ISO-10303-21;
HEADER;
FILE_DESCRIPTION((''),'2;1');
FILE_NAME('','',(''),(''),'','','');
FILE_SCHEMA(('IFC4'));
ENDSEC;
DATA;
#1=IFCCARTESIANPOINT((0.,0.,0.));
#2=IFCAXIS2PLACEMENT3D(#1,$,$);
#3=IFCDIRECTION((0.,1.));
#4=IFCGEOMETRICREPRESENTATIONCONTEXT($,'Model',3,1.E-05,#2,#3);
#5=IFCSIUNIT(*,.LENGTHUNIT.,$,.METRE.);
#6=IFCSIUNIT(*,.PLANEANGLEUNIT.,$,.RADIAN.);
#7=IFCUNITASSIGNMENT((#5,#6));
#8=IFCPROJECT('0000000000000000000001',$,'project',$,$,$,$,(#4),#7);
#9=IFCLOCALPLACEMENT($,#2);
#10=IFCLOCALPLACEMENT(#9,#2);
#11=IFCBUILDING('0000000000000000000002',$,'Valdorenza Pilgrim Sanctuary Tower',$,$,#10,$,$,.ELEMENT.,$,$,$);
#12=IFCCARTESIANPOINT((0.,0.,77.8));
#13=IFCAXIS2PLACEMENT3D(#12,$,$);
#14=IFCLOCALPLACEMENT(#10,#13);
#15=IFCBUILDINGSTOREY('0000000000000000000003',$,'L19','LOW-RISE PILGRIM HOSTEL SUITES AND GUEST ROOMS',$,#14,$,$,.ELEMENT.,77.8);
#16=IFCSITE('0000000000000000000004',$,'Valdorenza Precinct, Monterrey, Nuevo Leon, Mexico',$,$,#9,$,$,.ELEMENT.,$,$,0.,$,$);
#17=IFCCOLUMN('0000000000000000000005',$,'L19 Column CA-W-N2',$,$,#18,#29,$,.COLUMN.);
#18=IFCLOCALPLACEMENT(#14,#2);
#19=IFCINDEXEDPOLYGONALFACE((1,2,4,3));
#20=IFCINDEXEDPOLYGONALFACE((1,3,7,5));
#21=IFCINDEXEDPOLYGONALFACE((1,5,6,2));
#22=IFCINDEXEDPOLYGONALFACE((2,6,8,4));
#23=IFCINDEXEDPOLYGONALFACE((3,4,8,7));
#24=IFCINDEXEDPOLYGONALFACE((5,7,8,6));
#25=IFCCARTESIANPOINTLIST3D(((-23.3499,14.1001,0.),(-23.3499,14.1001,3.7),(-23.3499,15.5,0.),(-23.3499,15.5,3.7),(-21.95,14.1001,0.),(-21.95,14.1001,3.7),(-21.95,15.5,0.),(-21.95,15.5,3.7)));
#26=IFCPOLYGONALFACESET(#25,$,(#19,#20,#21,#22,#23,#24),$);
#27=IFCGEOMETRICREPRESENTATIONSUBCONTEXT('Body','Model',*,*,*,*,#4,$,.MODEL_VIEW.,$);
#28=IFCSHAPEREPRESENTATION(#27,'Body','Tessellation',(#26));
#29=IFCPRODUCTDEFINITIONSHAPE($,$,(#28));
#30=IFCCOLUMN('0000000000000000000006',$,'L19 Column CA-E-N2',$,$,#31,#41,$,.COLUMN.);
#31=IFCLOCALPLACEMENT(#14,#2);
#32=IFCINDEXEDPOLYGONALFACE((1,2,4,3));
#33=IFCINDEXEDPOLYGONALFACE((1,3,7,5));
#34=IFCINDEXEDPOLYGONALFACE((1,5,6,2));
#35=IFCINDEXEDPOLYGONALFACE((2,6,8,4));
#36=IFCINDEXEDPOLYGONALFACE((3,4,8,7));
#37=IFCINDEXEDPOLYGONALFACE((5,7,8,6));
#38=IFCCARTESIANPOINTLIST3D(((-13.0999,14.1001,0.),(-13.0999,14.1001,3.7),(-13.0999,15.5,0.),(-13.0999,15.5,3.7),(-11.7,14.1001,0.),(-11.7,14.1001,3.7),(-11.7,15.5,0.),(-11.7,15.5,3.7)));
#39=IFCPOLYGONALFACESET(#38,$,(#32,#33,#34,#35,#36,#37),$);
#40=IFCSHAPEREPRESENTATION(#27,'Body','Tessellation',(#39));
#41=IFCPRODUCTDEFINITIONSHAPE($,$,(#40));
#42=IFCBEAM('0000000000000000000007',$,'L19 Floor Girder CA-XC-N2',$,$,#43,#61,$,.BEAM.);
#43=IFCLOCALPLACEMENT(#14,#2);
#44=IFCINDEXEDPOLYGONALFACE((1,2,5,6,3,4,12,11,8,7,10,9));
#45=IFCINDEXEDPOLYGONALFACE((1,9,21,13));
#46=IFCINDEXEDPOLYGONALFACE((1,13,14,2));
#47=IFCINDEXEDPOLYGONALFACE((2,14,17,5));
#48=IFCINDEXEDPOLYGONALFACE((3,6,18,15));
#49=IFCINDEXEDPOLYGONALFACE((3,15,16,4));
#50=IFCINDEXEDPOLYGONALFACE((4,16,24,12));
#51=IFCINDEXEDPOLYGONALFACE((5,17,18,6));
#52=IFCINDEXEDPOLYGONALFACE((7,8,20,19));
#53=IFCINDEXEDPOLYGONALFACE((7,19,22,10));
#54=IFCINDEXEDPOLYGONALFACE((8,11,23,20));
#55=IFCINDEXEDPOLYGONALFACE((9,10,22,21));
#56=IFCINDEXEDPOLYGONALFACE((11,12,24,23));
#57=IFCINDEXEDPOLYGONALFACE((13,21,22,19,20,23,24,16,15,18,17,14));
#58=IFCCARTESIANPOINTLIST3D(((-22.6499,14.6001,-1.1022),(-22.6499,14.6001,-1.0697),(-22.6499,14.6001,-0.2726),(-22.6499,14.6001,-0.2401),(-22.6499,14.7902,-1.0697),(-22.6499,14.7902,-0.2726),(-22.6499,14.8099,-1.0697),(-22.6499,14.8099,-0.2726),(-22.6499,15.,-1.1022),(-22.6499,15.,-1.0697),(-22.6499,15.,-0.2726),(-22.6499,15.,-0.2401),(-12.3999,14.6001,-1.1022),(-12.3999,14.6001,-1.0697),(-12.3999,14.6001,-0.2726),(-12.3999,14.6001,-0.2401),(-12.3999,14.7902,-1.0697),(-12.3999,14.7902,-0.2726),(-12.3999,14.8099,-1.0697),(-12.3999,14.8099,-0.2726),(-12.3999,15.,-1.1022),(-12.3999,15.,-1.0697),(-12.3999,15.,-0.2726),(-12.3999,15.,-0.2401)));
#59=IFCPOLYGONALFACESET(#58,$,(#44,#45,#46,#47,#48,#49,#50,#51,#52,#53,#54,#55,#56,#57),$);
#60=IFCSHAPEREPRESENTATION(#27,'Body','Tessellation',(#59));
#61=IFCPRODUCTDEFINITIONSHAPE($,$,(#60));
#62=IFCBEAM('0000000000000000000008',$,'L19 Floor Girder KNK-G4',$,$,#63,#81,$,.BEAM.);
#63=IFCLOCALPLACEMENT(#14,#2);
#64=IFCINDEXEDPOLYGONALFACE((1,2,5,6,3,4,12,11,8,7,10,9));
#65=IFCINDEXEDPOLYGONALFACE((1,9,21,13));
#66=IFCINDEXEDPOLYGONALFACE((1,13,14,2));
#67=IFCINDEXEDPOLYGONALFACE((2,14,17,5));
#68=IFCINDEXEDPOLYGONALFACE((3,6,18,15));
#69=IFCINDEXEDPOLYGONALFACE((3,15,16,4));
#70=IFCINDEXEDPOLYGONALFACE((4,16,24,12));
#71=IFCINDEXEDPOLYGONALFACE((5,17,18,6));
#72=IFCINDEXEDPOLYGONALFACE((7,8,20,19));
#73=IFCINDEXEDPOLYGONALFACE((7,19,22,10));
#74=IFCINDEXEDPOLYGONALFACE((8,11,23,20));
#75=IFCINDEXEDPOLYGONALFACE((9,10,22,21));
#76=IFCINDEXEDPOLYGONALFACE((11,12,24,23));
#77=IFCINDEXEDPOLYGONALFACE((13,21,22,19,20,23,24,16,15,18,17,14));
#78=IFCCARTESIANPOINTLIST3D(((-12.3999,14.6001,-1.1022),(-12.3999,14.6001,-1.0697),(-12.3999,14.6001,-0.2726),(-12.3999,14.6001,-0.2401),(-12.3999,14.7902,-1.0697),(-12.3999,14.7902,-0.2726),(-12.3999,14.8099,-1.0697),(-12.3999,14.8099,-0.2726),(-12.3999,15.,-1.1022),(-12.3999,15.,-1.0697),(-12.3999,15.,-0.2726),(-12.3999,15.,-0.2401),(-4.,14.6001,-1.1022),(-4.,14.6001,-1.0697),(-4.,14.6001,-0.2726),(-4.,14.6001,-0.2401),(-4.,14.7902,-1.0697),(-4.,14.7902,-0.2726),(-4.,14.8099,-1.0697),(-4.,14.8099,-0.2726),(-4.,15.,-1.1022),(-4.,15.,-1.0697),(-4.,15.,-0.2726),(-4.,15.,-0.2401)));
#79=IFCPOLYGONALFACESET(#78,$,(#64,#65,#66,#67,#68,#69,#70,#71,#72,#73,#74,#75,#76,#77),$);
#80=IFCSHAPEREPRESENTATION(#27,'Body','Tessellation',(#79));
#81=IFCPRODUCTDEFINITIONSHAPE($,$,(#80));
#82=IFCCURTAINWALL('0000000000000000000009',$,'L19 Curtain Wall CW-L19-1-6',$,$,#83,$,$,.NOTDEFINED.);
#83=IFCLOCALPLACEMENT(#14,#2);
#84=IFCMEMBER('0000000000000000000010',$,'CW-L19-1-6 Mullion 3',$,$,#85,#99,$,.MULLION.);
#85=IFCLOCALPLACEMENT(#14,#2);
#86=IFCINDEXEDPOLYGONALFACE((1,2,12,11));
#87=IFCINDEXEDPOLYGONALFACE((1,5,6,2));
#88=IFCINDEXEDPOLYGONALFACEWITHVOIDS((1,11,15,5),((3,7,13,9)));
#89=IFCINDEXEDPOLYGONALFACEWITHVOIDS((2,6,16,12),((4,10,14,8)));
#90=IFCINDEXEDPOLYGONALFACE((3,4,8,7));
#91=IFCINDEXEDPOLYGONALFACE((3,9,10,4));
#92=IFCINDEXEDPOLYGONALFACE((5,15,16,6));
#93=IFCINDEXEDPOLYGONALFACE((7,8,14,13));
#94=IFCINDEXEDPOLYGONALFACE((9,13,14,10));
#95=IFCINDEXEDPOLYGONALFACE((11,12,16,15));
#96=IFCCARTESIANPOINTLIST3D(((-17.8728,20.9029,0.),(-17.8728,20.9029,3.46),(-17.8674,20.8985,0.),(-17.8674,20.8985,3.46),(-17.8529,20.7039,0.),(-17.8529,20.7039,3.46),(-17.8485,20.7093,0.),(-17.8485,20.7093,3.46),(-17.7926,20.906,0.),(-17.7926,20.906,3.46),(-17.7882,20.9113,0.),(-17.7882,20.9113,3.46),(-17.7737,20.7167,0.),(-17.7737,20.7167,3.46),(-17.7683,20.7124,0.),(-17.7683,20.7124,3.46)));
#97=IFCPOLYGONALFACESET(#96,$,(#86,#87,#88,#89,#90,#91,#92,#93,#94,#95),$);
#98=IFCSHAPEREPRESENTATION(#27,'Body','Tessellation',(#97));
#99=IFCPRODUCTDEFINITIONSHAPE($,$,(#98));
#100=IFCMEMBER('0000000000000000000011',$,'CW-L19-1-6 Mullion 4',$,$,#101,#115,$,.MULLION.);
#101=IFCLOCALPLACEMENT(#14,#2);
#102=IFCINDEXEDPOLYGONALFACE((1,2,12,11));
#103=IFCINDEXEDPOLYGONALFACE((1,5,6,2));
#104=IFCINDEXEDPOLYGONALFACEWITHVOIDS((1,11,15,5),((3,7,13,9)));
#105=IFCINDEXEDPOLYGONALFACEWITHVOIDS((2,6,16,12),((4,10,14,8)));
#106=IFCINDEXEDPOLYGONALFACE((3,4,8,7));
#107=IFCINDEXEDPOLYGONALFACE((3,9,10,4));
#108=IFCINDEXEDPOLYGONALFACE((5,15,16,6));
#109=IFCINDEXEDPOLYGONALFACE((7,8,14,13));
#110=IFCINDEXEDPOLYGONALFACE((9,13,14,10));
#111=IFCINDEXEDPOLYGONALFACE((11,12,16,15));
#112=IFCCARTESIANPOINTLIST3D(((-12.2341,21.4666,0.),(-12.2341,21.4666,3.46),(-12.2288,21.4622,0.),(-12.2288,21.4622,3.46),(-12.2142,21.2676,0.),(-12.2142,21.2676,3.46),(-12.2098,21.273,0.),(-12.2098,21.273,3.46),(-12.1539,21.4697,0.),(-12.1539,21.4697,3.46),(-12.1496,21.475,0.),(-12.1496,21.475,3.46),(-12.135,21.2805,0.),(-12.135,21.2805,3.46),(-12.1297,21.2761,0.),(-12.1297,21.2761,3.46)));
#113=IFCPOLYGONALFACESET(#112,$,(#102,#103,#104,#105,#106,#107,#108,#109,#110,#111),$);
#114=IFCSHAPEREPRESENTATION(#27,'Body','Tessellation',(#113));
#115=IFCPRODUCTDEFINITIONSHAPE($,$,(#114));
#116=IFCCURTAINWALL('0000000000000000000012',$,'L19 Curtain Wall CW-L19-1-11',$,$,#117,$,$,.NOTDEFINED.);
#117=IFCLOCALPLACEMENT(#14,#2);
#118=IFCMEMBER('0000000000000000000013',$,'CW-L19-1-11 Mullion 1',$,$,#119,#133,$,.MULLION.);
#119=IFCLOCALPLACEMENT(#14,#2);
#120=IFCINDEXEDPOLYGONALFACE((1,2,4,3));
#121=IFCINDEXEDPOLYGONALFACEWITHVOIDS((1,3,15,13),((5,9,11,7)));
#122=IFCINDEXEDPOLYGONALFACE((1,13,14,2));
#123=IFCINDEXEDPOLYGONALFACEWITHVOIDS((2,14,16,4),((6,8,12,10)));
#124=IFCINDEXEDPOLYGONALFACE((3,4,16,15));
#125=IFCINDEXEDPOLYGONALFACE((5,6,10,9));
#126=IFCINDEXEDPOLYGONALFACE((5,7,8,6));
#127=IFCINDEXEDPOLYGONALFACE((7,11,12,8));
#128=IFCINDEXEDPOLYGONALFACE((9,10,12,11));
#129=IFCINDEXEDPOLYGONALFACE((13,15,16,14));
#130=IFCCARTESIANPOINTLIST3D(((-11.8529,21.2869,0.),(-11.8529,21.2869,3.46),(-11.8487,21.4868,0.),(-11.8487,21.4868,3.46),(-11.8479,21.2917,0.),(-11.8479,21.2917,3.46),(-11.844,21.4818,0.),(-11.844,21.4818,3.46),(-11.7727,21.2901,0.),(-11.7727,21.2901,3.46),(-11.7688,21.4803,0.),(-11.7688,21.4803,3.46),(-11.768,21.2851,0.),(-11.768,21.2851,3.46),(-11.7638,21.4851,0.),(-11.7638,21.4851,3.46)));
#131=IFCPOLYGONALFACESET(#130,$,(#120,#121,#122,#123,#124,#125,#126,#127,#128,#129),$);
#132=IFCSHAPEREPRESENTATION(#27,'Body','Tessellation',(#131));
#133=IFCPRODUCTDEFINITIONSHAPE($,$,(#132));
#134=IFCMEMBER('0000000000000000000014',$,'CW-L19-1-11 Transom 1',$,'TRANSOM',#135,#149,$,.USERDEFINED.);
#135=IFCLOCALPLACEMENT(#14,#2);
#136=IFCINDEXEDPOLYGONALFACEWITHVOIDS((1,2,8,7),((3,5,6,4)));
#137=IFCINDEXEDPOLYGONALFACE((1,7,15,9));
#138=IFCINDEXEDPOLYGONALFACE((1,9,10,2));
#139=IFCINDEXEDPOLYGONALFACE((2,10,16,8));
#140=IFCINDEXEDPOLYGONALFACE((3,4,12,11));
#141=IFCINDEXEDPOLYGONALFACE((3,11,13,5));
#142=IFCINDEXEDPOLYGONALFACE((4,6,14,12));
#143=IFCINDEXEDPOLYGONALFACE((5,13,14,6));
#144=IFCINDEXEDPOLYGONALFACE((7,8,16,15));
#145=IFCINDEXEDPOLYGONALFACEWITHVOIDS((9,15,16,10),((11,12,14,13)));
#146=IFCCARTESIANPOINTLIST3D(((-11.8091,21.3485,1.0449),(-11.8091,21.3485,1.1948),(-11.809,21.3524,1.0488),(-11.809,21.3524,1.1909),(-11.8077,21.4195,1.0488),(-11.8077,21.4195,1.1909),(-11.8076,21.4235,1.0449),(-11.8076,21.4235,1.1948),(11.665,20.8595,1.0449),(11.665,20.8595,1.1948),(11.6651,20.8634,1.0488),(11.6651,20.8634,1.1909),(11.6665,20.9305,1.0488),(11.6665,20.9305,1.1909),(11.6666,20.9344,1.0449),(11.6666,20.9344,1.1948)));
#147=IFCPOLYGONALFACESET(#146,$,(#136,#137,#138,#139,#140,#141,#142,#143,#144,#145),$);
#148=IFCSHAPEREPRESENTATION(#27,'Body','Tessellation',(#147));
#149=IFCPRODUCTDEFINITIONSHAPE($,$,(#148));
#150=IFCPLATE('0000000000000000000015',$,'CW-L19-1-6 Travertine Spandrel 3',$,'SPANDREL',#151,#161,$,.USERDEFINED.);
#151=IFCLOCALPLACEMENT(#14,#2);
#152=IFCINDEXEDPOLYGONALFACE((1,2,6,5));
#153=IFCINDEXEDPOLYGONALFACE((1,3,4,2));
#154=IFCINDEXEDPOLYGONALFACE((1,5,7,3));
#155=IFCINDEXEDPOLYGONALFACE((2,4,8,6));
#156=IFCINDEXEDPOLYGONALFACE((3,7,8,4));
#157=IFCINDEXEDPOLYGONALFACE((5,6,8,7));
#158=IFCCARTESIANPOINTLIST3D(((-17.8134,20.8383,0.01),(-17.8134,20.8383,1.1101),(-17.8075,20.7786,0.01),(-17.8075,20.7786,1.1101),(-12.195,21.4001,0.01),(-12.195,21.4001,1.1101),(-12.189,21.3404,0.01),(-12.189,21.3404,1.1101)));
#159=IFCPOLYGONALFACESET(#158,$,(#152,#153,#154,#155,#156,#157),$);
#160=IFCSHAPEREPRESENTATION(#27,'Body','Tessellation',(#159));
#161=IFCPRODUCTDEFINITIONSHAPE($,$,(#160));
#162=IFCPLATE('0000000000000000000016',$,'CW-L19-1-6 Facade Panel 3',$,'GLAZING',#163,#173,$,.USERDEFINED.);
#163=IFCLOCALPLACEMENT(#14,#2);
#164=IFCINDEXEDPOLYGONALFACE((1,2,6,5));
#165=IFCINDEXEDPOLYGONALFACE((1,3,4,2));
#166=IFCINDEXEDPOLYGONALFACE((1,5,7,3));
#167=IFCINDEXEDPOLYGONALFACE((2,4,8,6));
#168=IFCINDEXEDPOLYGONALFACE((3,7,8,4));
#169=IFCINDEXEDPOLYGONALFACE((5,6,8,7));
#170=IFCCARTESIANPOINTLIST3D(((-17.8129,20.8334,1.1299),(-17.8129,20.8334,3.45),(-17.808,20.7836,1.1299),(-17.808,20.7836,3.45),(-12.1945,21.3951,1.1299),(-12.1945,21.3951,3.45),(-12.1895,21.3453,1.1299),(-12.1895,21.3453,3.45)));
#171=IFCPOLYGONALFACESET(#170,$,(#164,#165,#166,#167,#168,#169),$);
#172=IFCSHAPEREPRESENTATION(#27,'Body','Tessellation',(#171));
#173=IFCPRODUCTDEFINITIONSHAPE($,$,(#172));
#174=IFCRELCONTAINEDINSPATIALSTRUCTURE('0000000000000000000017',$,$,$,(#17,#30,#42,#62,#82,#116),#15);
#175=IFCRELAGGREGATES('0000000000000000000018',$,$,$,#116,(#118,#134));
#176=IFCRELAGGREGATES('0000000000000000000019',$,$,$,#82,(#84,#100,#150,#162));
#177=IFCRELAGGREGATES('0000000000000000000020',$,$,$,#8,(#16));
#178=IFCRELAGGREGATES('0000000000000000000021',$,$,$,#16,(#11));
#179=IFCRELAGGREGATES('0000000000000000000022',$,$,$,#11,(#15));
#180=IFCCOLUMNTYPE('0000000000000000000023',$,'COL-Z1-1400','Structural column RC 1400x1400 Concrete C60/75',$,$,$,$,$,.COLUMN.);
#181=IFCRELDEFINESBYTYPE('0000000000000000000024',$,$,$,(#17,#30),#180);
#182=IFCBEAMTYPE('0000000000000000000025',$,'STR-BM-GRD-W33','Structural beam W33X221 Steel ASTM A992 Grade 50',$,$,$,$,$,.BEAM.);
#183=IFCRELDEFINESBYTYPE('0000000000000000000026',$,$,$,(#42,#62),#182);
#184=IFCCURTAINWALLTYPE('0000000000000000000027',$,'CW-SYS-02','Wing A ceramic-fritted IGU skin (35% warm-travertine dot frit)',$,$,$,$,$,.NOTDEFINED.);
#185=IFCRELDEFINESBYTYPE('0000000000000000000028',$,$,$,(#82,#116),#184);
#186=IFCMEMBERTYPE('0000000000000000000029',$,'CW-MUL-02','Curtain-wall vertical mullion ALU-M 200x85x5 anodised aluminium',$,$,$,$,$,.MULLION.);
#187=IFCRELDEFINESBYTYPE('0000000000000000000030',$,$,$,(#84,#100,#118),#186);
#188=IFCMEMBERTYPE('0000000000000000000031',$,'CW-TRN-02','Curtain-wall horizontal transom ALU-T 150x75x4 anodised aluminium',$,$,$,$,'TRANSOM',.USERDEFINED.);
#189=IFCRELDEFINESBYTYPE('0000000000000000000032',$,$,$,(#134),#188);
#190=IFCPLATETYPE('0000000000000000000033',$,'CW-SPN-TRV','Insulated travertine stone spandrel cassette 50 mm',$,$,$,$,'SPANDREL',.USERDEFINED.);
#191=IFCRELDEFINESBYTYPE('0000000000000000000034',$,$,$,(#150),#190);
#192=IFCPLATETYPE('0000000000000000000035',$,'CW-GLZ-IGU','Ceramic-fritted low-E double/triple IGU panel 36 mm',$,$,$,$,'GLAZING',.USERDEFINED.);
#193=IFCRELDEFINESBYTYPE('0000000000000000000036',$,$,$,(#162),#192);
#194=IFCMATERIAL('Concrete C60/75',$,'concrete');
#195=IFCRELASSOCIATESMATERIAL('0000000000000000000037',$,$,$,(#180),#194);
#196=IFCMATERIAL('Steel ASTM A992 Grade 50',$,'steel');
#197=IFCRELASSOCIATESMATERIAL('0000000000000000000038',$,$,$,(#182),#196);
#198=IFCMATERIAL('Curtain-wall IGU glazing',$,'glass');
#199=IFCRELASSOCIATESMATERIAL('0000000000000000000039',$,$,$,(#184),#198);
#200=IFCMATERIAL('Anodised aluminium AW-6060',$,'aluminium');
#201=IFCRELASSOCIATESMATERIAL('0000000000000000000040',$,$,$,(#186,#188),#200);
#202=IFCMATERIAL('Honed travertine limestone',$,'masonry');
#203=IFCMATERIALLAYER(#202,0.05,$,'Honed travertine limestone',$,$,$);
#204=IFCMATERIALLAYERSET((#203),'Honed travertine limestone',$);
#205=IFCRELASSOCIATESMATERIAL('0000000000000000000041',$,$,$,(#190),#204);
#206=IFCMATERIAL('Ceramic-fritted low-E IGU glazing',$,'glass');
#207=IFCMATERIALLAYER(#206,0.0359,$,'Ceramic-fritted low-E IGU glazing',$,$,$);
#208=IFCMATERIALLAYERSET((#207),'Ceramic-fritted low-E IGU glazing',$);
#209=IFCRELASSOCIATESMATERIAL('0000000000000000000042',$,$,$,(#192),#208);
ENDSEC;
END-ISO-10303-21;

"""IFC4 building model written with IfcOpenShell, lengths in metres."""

from ifc_helpers import new_model, si_unit, direction, frame, origin, origin_2d, place, context, subcontext, project, spatial, rectangle, hollow_rectangle, i_section, extrude, source, transform, mapped, material, layer, layer_set, material_profile, profile_set, type_object, element, aggregate, save


model = new_model("IFC4")

# Units and contexts
model_context = context("Model", 3, precision=1e-05, world=origin(), true_north=direction((0.0, 1.0)))
body_context = subcontext(model_context, "Body", "Model", "MODEL_VIEW")
ifc_project = project(units=[si_unit("LENGTHUNIT", "METRE"), si_unit("PLANEANGLEUNIT", "RADIAN")], contexts=[model_context])

# Site, building, storey
site_placement = place(None, origin())
site = spatial("IfcSite", under=ifc_project, at=site_placement, Name="Valdorenza Precinct, Monterrey, Nuevo Leon, Mexico", CompositionType="ELEMENT", RefElevation=0.0)
building_placement = place(site_placement, origin())
building = spatial("IfcBuilding", under=site, at=building_placement, Name="Valdorenza Pilgrim Sanctuary Tower", CompositionType="ELEMENT")
storey_placement = place(building_placement, frame((0.0, 0.0, 77.8)))
storey = spatial("IfcBuildingStorey", under=building, at=storey_placement, Name="L19", Description="LOW-RISE PILGRIM HOSTEL SUITES AND GUEST ROOMS", CompositionType="ELEMENT", Elevation=77.8)

# Columns
ifc_material_1 = material(Name="Concrete C60/75", Category="concrete")
ifc_material_profile_1 = material_profile(ifc_material_1, rectangle(XDim=1.3999, YDim=1.3999, at=origin_2d()), Name="RC 1400x1400")
ifc_profile_set_1 = profile_set([ifc_material_profile_1], Name="Concrete C60/75")
column_type = type_object("IfcColumnType", Name="COL-Z1-1400", Description="Structural column RC 1400x1400 Concrete C60/75", PredefinedType="COLUMN", material=ifc_profile_set_1)
shared_shape_1 = source(origin(), body_context, "Body", "SweptSolid", [
    extrude(rectangle(XDim=1.3999, YDim=1.3999, at=origin_2d()), origin(), (0.0, 0.0, 1.0), 3.7),
])
for number, where, z_axis, x_axis, name in (
    (1, (-22.6499, 14.8, 0.0), (0.0, 0.0, 1.0), (1.0, 0.0, 0.0), "L19 Column CA-W-N2"),
    (2, (-12.3999, 14.8, 0.0), (0.0, 0.0, 1.0), (1.0, 0.0, 0.0), "L19 Column CA-E-N2"),
):
    element("IfcColumn", number, at=place(storey_placement, frame(where, z_axis=z_axis, x_axis=x_axis)), inside=storey, type_object=column_type, Name=name, PredefinedType="COLUMN", context=body_context, shape_type="MappedRepresentation", body=[
        mapped(shared_shape_1, transform((0.0, 0.0, 0.0), x_axis=(1.0, 0.0, 0.0), y_axis=(0.0, 1.0, 0.0), z_axis=(0.0, 0.0, 1.0), scale=1.0)),
    ])

# Beams
ifc_material_2 = material(Name="Steel ASTM A992 Grade 50", Category="steel")
ifc_material_profile_2 = material_profile(ifc_material_2, i_section(OverallWidth=0.3999, OverallDepth=0.8621, WebThickness=0.0198, FlangeThickness=0.0325, at=origin_2d()), Name="W33X221")
ifc_profile_set_2 = profile_set([ifc_material_profile_2], Name="Steel ASTM A992 Grade 50")
beam_type = type_object("IfcBeamType", Name="STR-BM-GRD-W33", Description="Structural beam W33X221 Steel ASTM A992 Grade 50", PredefinedType="BEAM", material=ifc_profile_set_2)
shared_shape_2 = source(origin(), body_context, "Body", "SweptSolid", [
    extrude(i_section(OverallWidth=0.3999, OverallDepth=0.8621, WebThickness=0.0198, FlangeThickness=0.0325, at=origin_2d()), origin(), (0.0, 0.0, 1.0), 10.25),
])
beam_1_placement = place(storey_placement, frame((-22.6499, 14.8, -0.6711), z_axis=(1.0, 0.0, 0.0), x_axis=(0.0, 1.0, 0.0)))
element("IfcBeam", 3, at=beam_1_placement, inside=storey, type_object=beam_type, Name="L19 Floor Girder CA-XC-N2", PredefinedType="BEAM", context=body_context, shape_type="MappedRepresentation", body=[
    mapped(shared_shape_2, transform((0.0, 0.0, 0.0), x_axis=(1.0, 0.0, 0.0), y_axis=(0.0, 1.0, 0.0), z_axis=(0.0, 0.0, 1.0), scale=1.0)),
])
shared_shape_3 = source(origin(), body_context, "Body", "SweptSolid", [
    extrude(i_section(OverallWidth=0.3999, OverallDepth=0.8621, WebThickness=0.0198, FlangeThickness=0.0325, at=origin_2d()), origin(), (0.0, 0.0, 1.0), 8.3999),
])
beam_2_placement = place(storey_placement, frame((-12.3999, 14.8, -0.6711), z_axis=(1.0, 0.0, 0.0), x_axis=(0.0, 1.0, 0.0)))
element("IfcBeam", 4, at=beam_2_placement, inside=storey, type_object=beam_type, Name="L19 Floor Girder KNK-G4", PredefinedType="BEAM", context=body_context, shape_type="MappedRepresentation", body=[
    mapped(shared_shape_3, transform((0.0, 0.0, 0.0), x_axis=(1.0, 0.0, 0.0), y_axis=(0.0, 1.0, 0.0), z_axis=(0.0, 0.0, 1.0), scale=1.0)),
])

# Curtain walls, members
ifc_material_3 = material(Name="Curtain-wall IGU glazing", Category="glass")
curtain_wall_type = type_object("IfcCurtainWallType", Name="CW-SYS-02", Description="Wing A ceramic-fritted IGU skin (35% warm-travertine dot frit)", PredefinedType="NOTDEFINED", material=ifc_material_3)
curtain_wall_1_placement = place(storey_placement, origin())
curtain_wall_1 = element("IfcCurtainWall", 5, at=curtain_wall_1_placement, inside=storey, type_object=curtain_wall_type, Name="L19 Curtain Wall CW-L19-1-6", PredefinedType="NOTDEFINED")
ifc_material_4 = material(Name="Anodised aluminium AW-6060", Category="aluminium")
ifc_material_profile_3 = material_profile(ifc_material_4, hollow_rectangle(XDim=0.085, YDim=0.2, WallThickness=0.0049, at=origin_2d()), Name="ALU-M 200x85x5")
ifc_profile_set_3 = profile_set([ifc_material_profile_3], Name="Anodised aluminium AW-6060")
member_type_1 = type_object("IfcMemberType", Name="CW-MUL-02", Description="Curtain-wall vertical mullion ALU-M 200x85x5 anodised aluminium", PredefinedType="MULLION", material=ifc_profile_set_3)
shared_shape_4 = source(origin(), body_context, "Body", "SweptSolid", [
    extrude(hollow_rectangle(XDim=0.085, YDim=0.2, WallThickness=0.0049, at=origin_2d()), origin(), (0.0, 0.0, 1.0), 3.46),
])
member_1_placement = place(storey_placement, frame((-17.8206, 20.8076, 0.0), z_axis=(0.0, 0.0, 1.0), x_axis=(0.995038, 0.099493, 0.0)))
member_1 = element("IfcMember", 6, at=member_1_placement, type_object=member_type_1, Name="CW-L19-1-6 Mullion 3", PredefinedType="MULLION", context=body_context, shape_type="MappedRepresentation", body=[
    mapped(shared_shape_4, transform((0.0, 0.0, 0.0), x_axis=(1.0, 0.0, 0.0), y_axis=(0.0, 1.0, 0.0), z_axis=(0.0, 0.0, 1.0), scale=1.0)),
])
member_2_placement = place(storey_placement, frame((-12.1819, 21.3713, 0.0), z_axis=(0.0, 0.0, 1.0), x_axis=(0.995038, 0.099493, 0.0)))
member_2 = element("IfcMember", 7, at=member_2_placement, type_object=member_type_1, Name="CW-L19-1-6 Mullion 4", PredefinedType="MULLION", context=body_context, shape_type="MappedRepresentation", body=[
    mapped(shared_shape_4, transform((0.0, 0.0, 0.0), x_axis=(1.0, 0.0, 0.0), y_axis=(0.0, 1.0, 0.0), z_axis=(0.0, 0.0, 1.0), scale=1.0)),
])
curtain_wall_2_placement = place(storey_placement, origin())
curtain_wall_2 = element("IfcCurtainWall", 8, at=curtain_wall_2_placement, inside=storey, type_object=curtain_wall_type, Name="L19 Curtain Wall CW-L19-1-11", PredefinedType="NOTDEFINED")
member_3_placement = place(storey_placement, frame((-11.8083, 21.386, 0.0), z_axis=(0.0, 0.0, 1.0), x_axis=(0.999783, -0.02082, 0.0)))
member_3 = element("IfcMember", 9, at=member_3_placement, type_object=member_type_1, Name="CW-L19-1-11 Mullion 1", PredefinedType="MULLION", context=body_context, shape_type="MappedRepresentation", body=[
    mapped(shared_shape_4, transform((0.0, 0.0, 0.0), x_axis=(1.0, 0.0, 0.0), y_axis=(0.0, 1.0, 0.0), z_axis=(0.0, 0.0, 1.0), scale=1.0)),
])
ifc_material_profile_4 = material_profile(ifc_material_4, hollow_rectangle(XDim=0.075, YDim=0.1499, WallThickness=0.0039, at=origin_2d()), Name="ALU-T 150x75x4")
ifc_profile_set_4 = profile_set([ifc_material_profile_4], Name="Anodised aluminium AW-6060")
member_type_2 = type_object("IfcMemberType", Name="CW-TRN-02", Description="Curtain-wall horizontal transom ALU-T 150x75x4 anodised aluminium", ElementType="TRANSOM", PredefinedType="USERDEFINED", material=ifc_profile_set_4)
shared_shape_5 = source(origin(), body_context, "Body", "SweptSolid", [
    extrude(hollow_rectangle(XDim=0.075, YDim=0.1499, WallThickness=0.0039, at=origin_2d()), origin(), (0.0, 0.0, 1.0), 23.4792),
])
member_4_placement = place(storey_placement, frame((-11.8083, 21.386, 1.1199), z_axis=(0.999783, -0.020828, 0.0), x_axis=(0.020828, 0.999783, 0.0)))
member_4 = element("IfcMember", 10, at=member_4_placement, type_object=member_type_2, Name="CW-L19-1-11 Transom 1", ObjectType="TRANSOM", PredefinedType="USERDEFINED", context=body_context, shape_type="MappedRepresentation", body=[
    mapped(shared_shape_5, transform((0.0, 0.0, 0.0), x_axis=(1.0, 0.0, 0.0), y_axis=(0.0, 1.0, 0.0), z_axis=(0.0, 0.0, 1.0), scale=1.0)),
])
aggregate(curtain_wall_2, [member_3, member_4])

# Plates
ifc_material_5 = material(Name="Honed travertine limestone", Category="masonry")
ifc_layer_1 = layer(ifc_material_5, 0.05, Name="Honed travertine limestone")
ifc_layer_set_1 = layer_set([ifc_layer_1], Name="Honed travertine limestone")
plate_type_1 = type_object("IfcPlateType", Name="CW-SPN-TRV", Description="Insulated travertine stone spandrel cassette 50 mm", ElementType="SPANDREL", PredefinedType="USERDEFINED", material=ifc_layer_set_1)
shared_shape_6 = source(origin(), body_context, "Body", "SweptSolid", [
    extrude(rectangle(XDim=5.6465, YDim=0.0601, at=origin_2d()), origin(), (0.0, 0.0, 1.0), 1.1001),
])
plate_1_placement = place(storey_placement, frame((-15.0012, 21.0894, 0.01), z_axis=(0.0, 0.0, 1.0), x_axis=(0.995038, 0.099493, 0.0)))
plate_1 = element("IfcPlate", 11, at=plate_1_placement, type_object=plate_type_1, Name="CW-L19-1-6 Travertine Spandrel 3", ObjectType="SPANDREL", PredefinedType="USERDEFINED", context=body_context, shape_type="MappedRepresentation", body=[
    mapped(shared_shape_6, transform((0.0, 0.0, 0.0), x_axis=(1.0, 0.0, 0.0), y_axis=(0.0, 1.0, 0.0), z_axis=(0.0, 0.0, 1.0), scale=1.0)),
])
ifc_material_6 = material(Name="Ceramic-fritted low-E IGU glazing", Category="glass")
ifc_layer_2 = layer(ifc_material_6, 0.0359, Name="Ceramic-fritted low-E IGU glazing")
ifc_layer_set_2 = layer_set([ifc_layer_2], Name="Ceramic-fritted low-E IGU glazing")
plate_type_2 = type_object("IfcPlateType", Name="CW-GLZ-IGU", Description="Ceramic-fritted low-E double/triple IGU panel 36 mm", ElementType="GLAZING", PredefinedType="USERDEFINED", material=ifc_layer_set_2)
shared_shape_7 = source(origin(), body_context, "Body", "SweptSolid", [
    extrude(rectangle(XDim=5.6465, YDim=0.05, at=origin_2d()), origin(), (0.0, 0.0, 1.0), 2.3201),
])
plate_2_placement = place(storey_placement, frame((-15.0012, 21.0894, 1.1299), z_axis=(0.0, 0.0, 1.0), x_axis=(0.995038, 0.099493, 0.0)))
plate_2 = element("IfcPlate", 12, at=plate_2_placement, type_object=plate_type_2, Name="CW-L19-1-6 Facade Panel 3", ObjectType="GLAZING", PredefinedType="USERDEFINED", context=body_context, shape_type="MappedRepresentation", body=[
    mapped(shared_shape_7, transform((0.0, 0.0, 0.0), x_axis=(1.0, 0.0, 0.0), y_axis=(0.0, 1.0, 0.0), z_axis=(0.0, 0.0, 1.0), scale=1.0)),
])
aggregate(curtain_wall_1, [member_1, member_2, plate_1, plate_2])

save(model, "model.ifc")
